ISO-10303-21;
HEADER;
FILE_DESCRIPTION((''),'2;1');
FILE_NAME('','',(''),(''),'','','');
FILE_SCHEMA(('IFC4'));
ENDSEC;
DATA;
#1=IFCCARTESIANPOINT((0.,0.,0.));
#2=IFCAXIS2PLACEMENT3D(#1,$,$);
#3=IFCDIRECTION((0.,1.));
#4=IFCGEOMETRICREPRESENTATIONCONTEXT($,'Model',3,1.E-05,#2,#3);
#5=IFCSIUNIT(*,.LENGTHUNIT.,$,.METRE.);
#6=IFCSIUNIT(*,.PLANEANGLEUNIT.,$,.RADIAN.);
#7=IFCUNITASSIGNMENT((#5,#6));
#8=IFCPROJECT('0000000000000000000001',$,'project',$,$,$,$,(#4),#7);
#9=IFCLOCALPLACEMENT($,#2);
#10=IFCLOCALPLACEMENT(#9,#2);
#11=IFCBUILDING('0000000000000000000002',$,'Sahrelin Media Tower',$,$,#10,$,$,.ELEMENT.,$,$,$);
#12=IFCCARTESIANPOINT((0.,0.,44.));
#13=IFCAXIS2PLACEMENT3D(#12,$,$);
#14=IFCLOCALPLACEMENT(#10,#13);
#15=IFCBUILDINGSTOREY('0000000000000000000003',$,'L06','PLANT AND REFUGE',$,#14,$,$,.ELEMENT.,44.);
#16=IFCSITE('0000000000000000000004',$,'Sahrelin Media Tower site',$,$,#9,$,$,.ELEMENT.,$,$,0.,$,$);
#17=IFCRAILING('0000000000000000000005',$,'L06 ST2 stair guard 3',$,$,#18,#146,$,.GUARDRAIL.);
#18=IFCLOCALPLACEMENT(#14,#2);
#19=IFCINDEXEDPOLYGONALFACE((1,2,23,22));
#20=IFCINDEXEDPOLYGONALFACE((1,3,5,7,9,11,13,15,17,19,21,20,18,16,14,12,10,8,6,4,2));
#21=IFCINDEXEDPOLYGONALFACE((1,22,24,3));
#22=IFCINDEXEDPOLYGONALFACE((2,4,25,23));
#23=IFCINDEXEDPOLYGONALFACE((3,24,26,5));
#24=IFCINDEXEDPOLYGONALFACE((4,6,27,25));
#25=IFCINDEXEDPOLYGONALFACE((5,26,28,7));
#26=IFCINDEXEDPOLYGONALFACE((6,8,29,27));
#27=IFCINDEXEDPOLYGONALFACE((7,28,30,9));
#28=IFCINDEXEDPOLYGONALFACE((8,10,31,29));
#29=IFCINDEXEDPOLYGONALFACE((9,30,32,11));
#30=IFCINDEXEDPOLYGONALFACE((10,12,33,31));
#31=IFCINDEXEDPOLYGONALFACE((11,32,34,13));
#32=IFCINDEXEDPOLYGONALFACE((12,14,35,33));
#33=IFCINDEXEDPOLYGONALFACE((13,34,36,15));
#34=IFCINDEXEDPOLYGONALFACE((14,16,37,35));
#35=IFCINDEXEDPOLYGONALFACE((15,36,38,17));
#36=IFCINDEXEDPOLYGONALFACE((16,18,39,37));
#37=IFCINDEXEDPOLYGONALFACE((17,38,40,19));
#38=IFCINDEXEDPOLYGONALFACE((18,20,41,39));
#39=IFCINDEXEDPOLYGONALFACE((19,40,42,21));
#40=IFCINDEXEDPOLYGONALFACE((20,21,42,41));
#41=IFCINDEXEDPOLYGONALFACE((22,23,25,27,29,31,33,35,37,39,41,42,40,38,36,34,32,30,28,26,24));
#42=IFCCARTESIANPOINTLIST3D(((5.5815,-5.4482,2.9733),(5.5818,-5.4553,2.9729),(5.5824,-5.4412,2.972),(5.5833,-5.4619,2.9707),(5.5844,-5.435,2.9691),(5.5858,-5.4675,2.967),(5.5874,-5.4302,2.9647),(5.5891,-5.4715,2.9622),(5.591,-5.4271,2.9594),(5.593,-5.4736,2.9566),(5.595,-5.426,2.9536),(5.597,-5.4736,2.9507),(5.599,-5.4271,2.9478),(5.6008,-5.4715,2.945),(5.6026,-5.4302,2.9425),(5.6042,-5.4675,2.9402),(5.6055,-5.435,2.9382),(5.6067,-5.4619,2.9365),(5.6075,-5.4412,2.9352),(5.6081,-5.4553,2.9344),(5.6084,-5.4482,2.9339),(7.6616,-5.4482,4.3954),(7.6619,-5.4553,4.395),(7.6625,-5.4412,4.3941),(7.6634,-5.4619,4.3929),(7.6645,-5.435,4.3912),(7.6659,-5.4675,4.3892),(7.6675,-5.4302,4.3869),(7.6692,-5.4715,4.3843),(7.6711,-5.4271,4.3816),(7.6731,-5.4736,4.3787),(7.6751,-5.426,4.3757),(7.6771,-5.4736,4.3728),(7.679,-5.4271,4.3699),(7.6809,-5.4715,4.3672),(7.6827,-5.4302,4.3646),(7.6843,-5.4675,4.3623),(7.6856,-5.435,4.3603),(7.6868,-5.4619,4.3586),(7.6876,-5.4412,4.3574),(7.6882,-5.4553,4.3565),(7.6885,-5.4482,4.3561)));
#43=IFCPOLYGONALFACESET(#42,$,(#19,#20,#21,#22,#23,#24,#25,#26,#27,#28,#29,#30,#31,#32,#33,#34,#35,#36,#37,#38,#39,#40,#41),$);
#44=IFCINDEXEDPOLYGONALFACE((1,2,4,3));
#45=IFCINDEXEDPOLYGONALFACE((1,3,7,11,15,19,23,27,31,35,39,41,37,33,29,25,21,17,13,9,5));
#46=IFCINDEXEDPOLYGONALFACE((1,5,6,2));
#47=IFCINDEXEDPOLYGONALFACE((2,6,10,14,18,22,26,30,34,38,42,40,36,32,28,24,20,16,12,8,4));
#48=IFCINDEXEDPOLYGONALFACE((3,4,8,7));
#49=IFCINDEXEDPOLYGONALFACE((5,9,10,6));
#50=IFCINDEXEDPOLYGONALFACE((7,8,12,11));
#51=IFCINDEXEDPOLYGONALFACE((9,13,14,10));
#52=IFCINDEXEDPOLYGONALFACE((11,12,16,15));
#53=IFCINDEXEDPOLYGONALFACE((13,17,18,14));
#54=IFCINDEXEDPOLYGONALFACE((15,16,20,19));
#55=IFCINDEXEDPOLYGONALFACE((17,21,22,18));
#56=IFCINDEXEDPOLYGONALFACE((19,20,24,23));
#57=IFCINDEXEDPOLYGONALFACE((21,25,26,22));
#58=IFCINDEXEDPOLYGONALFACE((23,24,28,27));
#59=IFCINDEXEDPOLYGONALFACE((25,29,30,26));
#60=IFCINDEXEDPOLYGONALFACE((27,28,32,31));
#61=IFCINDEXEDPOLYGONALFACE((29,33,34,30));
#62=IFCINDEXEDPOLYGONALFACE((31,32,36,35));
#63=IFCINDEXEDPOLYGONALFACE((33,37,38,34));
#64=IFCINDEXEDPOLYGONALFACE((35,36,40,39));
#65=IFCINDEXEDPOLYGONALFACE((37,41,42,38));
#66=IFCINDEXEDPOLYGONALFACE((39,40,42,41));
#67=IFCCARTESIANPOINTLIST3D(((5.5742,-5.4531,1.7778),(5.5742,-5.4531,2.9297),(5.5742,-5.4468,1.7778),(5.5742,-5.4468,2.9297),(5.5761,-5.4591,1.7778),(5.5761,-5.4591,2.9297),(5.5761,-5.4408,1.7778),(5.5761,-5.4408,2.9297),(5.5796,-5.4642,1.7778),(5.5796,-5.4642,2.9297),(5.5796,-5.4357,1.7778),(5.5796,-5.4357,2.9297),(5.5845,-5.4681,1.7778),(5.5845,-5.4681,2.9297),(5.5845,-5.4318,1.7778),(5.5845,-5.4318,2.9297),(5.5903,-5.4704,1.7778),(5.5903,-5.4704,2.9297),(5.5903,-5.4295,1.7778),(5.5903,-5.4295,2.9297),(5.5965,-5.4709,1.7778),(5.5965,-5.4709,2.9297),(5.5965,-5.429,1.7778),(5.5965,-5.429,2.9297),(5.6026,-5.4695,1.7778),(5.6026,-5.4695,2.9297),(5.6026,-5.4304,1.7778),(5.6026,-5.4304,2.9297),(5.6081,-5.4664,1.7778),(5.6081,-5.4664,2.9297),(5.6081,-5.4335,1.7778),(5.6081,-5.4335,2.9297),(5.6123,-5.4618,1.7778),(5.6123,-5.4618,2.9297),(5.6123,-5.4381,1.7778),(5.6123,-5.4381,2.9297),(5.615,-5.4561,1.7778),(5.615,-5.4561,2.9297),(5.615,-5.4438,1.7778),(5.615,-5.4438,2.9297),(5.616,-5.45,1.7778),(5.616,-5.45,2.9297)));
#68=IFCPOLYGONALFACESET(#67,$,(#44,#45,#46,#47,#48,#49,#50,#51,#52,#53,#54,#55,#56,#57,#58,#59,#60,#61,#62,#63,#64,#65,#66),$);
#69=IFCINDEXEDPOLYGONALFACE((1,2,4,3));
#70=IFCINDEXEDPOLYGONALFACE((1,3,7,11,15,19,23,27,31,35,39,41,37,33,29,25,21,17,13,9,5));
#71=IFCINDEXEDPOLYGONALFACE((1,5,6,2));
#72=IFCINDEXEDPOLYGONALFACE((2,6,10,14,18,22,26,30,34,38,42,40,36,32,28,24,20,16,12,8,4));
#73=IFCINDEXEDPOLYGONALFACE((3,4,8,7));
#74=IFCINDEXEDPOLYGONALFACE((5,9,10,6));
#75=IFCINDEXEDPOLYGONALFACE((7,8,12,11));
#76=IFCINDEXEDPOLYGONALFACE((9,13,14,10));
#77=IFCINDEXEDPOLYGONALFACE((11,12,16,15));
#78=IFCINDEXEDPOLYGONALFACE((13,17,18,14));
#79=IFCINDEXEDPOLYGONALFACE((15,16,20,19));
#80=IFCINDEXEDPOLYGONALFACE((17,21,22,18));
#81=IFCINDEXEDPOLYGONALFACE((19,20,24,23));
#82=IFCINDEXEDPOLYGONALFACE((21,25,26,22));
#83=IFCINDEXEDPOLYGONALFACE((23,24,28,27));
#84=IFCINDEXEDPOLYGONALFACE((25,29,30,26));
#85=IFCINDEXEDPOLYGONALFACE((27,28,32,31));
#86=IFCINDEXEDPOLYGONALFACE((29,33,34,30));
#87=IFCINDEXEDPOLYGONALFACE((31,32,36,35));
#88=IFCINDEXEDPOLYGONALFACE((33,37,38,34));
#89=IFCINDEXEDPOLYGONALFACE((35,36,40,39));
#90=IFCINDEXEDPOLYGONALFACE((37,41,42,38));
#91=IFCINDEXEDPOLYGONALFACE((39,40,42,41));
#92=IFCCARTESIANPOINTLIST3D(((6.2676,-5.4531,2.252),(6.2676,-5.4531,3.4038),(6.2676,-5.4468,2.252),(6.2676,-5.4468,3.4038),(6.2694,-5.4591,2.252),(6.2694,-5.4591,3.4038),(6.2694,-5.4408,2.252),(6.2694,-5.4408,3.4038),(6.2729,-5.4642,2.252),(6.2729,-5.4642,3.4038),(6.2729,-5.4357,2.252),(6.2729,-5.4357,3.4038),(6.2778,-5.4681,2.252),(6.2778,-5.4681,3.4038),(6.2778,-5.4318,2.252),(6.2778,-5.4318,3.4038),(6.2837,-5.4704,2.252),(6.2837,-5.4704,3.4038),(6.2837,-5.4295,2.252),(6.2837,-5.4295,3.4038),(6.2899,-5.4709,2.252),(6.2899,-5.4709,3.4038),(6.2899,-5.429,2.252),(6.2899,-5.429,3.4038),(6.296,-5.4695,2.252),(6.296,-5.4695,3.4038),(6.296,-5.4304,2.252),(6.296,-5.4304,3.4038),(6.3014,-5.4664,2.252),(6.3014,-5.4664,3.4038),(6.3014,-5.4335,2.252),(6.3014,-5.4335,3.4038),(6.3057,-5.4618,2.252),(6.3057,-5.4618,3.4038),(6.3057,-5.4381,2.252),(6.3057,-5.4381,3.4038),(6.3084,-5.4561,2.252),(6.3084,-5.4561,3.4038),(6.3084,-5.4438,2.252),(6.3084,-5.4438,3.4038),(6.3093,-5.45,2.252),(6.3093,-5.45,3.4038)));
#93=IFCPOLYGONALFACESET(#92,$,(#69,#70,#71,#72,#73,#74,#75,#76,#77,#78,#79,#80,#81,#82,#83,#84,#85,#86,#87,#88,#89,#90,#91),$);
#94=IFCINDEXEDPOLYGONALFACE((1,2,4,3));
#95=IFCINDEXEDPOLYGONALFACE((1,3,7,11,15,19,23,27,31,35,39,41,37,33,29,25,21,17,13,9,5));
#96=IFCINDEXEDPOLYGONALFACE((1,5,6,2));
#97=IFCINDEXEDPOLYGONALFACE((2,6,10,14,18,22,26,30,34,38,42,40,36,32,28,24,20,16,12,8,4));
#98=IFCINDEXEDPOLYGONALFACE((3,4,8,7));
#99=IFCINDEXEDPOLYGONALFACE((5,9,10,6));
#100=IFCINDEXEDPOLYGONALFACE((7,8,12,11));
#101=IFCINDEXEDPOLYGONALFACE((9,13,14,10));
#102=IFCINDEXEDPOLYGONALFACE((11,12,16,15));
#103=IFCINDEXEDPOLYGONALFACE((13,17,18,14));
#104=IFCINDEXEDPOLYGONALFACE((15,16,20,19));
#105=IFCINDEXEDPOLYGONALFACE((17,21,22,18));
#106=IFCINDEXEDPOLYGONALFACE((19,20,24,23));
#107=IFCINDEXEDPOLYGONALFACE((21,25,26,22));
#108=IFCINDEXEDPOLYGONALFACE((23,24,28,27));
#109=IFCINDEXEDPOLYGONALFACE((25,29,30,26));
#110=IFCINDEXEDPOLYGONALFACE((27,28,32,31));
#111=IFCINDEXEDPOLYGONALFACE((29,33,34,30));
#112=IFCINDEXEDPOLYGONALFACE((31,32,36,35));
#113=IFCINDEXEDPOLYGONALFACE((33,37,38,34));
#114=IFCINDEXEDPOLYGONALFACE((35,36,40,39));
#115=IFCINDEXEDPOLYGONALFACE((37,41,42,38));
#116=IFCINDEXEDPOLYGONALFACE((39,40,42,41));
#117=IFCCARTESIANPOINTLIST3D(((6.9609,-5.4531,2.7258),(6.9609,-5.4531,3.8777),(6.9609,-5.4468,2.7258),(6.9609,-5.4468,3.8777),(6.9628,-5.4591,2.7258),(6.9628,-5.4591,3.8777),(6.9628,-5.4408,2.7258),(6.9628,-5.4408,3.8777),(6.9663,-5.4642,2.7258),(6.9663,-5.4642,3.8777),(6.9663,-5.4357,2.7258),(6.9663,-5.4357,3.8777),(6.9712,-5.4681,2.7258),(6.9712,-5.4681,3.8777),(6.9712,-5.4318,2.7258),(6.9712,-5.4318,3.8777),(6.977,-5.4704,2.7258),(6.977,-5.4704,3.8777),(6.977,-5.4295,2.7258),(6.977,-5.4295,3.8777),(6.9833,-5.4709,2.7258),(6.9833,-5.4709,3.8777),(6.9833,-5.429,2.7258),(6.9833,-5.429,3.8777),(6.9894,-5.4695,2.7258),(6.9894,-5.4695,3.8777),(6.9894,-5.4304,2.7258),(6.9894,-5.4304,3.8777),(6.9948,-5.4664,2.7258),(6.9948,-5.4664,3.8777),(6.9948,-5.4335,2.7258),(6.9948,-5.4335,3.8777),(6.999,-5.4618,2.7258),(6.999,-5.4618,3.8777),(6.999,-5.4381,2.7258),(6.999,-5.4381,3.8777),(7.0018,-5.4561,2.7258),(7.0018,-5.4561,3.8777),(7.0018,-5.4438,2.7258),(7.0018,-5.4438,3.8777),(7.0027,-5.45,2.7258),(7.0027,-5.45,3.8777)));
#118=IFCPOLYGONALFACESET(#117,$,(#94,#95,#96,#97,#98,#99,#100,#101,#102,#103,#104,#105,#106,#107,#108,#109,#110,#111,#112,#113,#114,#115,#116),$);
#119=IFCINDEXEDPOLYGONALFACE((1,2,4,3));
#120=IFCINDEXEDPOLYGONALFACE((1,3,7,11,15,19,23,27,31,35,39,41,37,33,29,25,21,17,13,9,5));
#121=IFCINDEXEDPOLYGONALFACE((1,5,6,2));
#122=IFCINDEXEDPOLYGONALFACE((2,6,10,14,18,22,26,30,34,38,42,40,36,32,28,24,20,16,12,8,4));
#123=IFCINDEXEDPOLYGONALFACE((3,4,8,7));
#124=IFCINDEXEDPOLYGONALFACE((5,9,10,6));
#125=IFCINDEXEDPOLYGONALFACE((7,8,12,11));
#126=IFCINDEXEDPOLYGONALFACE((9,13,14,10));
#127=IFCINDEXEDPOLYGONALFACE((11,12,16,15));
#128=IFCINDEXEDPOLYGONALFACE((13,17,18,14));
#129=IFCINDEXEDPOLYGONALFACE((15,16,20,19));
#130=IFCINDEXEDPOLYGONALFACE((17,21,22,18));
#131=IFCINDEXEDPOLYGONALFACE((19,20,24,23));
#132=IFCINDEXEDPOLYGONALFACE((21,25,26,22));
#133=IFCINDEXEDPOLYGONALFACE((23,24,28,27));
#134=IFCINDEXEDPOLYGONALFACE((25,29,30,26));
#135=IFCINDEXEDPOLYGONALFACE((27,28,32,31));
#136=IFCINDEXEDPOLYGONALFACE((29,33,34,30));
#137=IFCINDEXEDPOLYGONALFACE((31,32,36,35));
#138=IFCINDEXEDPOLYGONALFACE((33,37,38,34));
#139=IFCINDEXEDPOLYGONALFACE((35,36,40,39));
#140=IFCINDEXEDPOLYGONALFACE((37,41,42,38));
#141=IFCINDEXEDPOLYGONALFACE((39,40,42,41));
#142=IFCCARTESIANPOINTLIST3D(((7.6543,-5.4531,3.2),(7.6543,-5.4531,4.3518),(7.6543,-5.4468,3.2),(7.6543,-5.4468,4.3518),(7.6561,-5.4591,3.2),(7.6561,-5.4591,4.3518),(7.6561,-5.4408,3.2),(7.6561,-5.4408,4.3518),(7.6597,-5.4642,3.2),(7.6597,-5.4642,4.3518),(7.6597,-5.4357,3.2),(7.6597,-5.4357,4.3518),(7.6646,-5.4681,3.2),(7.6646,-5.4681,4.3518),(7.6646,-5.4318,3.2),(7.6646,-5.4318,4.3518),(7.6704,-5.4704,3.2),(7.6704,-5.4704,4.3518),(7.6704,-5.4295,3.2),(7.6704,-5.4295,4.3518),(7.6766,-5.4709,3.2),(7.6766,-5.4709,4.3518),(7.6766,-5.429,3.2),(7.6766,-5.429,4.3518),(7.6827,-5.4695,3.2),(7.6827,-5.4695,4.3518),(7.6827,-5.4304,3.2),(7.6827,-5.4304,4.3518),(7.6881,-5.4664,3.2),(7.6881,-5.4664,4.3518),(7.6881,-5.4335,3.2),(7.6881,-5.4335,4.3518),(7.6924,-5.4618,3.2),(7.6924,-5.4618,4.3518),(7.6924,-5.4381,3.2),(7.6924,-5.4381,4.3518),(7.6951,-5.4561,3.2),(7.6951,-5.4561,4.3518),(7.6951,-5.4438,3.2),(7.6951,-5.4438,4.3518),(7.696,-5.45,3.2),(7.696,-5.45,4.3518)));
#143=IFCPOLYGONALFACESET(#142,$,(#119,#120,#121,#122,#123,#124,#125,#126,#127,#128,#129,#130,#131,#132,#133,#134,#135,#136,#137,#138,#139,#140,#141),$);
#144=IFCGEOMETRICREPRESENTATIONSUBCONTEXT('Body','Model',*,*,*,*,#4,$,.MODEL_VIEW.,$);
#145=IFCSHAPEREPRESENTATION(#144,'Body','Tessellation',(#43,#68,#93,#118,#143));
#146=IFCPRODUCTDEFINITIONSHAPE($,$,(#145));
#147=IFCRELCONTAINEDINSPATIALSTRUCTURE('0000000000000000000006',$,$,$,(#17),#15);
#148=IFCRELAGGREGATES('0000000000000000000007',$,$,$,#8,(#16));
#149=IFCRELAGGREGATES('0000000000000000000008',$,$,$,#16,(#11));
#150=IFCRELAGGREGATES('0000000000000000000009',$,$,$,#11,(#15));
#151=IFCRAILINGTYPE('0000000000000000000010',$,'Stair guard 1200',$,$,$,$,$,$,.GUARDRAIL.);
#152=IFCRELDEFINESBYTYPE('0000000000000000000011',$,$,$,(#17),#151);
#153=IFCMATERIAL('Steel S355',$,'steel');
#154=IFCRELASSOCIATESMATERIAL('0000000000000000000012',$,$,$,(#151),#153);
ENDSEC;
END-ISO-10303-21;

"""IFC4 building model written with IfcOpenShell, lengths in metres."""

from ifc_helpers import new_model, si_unit, direction, frame, origin, origin_2d, place, context, subcontext, project, spatial, circle, extrude, material, type_object, element, save


model = new_model("IFC4")

# Units and contexts
model_context = context("Model", 3, precision=1e-05, world=origin(), true_north=direction((0.0, 1.0)))
body_context = subcontext(model_context, "Body", "Model", "MODEL_VIEW")
ifc_project = project(units=[si_unit("LENGTHUNIT", "METRE"), si_unit("PLANEANGLEUNIT", "RADIAN")], contexts=[model_context])

# Site, building, storey
site_placement = place(None, origin())
site = spatial("IfcSite", under=ifc_project, at=site_placement, Name="Sahrelin Media Tower site", CompositionType="ELEMENT", RefElevation=0.0)
building_placement = place(site_placement, origin())
building = spatial("IfcBuilding", under=site, at=building_placement, Name="Sahrelin Media Tower", CompositionType="ELEMENT")
storey_placement = place(building_placement, frame((0.0, 0.0, 44.0)))
storey = spatial("IfcBuildingStorey", under=building, at=storey_placement, Name="L06", Description="PLANT AND REFUGE", CompositionType="ELEMENT", Elevation=44.0)

# Shared definitions
ifc_material_1 = material(Name="Steel S355", Category="steel")

# Railing
railing_type_1 = type_object("IfcRailingType", Name="Stair guard 1200", PredefinedType="GUARDRAIL", material=ifc_material_1)
railing_1_placement = place(storey_placement, frame((5.595, -5.45, 1.7778)))
element("IfcRailing", 1, at=railing_1_placement, inside=storey, type_object=railing_type_1, Name="L06 ST2 stair guard 3", PredefinedType="GUARDRAIL", context=body_context, shape_type="SweptSolid", body=[
    extrude(circle(Radius=0.0239, at=origin_2d()), frame((0.0, 0.0, 1.1758), z_axis=(0.825509, 0.0, 0.564389), x_axis=(0.0, 1.0, 0.0)), (0.0, 0.0, 1.0), 2.5198),
    extrude(circle(Radius=0.021, at=origin_2d()), origin(), (0.0, 0.0, 1.0), 1.1519),
    extrude(circle(Radius=0.021, at=origin_2d()), frame((0.6934, 0.0, 0.4741)), (0.0, 0.0, 1.0), 1.1519),
    extrude(circle(Radius=0.021, at=origin_2d()), frame((1.3867, 0.0, 0.948)), (0.0, 0.0, 1.0), 1.1519),
    extrude(circle(Radius=0.021, at=origin_2d()), frame((2.0801, 0.0, 1.4221)), (0.0, 0.0, 1.0), 1.1519),
])

save(model, "model.ifc")
